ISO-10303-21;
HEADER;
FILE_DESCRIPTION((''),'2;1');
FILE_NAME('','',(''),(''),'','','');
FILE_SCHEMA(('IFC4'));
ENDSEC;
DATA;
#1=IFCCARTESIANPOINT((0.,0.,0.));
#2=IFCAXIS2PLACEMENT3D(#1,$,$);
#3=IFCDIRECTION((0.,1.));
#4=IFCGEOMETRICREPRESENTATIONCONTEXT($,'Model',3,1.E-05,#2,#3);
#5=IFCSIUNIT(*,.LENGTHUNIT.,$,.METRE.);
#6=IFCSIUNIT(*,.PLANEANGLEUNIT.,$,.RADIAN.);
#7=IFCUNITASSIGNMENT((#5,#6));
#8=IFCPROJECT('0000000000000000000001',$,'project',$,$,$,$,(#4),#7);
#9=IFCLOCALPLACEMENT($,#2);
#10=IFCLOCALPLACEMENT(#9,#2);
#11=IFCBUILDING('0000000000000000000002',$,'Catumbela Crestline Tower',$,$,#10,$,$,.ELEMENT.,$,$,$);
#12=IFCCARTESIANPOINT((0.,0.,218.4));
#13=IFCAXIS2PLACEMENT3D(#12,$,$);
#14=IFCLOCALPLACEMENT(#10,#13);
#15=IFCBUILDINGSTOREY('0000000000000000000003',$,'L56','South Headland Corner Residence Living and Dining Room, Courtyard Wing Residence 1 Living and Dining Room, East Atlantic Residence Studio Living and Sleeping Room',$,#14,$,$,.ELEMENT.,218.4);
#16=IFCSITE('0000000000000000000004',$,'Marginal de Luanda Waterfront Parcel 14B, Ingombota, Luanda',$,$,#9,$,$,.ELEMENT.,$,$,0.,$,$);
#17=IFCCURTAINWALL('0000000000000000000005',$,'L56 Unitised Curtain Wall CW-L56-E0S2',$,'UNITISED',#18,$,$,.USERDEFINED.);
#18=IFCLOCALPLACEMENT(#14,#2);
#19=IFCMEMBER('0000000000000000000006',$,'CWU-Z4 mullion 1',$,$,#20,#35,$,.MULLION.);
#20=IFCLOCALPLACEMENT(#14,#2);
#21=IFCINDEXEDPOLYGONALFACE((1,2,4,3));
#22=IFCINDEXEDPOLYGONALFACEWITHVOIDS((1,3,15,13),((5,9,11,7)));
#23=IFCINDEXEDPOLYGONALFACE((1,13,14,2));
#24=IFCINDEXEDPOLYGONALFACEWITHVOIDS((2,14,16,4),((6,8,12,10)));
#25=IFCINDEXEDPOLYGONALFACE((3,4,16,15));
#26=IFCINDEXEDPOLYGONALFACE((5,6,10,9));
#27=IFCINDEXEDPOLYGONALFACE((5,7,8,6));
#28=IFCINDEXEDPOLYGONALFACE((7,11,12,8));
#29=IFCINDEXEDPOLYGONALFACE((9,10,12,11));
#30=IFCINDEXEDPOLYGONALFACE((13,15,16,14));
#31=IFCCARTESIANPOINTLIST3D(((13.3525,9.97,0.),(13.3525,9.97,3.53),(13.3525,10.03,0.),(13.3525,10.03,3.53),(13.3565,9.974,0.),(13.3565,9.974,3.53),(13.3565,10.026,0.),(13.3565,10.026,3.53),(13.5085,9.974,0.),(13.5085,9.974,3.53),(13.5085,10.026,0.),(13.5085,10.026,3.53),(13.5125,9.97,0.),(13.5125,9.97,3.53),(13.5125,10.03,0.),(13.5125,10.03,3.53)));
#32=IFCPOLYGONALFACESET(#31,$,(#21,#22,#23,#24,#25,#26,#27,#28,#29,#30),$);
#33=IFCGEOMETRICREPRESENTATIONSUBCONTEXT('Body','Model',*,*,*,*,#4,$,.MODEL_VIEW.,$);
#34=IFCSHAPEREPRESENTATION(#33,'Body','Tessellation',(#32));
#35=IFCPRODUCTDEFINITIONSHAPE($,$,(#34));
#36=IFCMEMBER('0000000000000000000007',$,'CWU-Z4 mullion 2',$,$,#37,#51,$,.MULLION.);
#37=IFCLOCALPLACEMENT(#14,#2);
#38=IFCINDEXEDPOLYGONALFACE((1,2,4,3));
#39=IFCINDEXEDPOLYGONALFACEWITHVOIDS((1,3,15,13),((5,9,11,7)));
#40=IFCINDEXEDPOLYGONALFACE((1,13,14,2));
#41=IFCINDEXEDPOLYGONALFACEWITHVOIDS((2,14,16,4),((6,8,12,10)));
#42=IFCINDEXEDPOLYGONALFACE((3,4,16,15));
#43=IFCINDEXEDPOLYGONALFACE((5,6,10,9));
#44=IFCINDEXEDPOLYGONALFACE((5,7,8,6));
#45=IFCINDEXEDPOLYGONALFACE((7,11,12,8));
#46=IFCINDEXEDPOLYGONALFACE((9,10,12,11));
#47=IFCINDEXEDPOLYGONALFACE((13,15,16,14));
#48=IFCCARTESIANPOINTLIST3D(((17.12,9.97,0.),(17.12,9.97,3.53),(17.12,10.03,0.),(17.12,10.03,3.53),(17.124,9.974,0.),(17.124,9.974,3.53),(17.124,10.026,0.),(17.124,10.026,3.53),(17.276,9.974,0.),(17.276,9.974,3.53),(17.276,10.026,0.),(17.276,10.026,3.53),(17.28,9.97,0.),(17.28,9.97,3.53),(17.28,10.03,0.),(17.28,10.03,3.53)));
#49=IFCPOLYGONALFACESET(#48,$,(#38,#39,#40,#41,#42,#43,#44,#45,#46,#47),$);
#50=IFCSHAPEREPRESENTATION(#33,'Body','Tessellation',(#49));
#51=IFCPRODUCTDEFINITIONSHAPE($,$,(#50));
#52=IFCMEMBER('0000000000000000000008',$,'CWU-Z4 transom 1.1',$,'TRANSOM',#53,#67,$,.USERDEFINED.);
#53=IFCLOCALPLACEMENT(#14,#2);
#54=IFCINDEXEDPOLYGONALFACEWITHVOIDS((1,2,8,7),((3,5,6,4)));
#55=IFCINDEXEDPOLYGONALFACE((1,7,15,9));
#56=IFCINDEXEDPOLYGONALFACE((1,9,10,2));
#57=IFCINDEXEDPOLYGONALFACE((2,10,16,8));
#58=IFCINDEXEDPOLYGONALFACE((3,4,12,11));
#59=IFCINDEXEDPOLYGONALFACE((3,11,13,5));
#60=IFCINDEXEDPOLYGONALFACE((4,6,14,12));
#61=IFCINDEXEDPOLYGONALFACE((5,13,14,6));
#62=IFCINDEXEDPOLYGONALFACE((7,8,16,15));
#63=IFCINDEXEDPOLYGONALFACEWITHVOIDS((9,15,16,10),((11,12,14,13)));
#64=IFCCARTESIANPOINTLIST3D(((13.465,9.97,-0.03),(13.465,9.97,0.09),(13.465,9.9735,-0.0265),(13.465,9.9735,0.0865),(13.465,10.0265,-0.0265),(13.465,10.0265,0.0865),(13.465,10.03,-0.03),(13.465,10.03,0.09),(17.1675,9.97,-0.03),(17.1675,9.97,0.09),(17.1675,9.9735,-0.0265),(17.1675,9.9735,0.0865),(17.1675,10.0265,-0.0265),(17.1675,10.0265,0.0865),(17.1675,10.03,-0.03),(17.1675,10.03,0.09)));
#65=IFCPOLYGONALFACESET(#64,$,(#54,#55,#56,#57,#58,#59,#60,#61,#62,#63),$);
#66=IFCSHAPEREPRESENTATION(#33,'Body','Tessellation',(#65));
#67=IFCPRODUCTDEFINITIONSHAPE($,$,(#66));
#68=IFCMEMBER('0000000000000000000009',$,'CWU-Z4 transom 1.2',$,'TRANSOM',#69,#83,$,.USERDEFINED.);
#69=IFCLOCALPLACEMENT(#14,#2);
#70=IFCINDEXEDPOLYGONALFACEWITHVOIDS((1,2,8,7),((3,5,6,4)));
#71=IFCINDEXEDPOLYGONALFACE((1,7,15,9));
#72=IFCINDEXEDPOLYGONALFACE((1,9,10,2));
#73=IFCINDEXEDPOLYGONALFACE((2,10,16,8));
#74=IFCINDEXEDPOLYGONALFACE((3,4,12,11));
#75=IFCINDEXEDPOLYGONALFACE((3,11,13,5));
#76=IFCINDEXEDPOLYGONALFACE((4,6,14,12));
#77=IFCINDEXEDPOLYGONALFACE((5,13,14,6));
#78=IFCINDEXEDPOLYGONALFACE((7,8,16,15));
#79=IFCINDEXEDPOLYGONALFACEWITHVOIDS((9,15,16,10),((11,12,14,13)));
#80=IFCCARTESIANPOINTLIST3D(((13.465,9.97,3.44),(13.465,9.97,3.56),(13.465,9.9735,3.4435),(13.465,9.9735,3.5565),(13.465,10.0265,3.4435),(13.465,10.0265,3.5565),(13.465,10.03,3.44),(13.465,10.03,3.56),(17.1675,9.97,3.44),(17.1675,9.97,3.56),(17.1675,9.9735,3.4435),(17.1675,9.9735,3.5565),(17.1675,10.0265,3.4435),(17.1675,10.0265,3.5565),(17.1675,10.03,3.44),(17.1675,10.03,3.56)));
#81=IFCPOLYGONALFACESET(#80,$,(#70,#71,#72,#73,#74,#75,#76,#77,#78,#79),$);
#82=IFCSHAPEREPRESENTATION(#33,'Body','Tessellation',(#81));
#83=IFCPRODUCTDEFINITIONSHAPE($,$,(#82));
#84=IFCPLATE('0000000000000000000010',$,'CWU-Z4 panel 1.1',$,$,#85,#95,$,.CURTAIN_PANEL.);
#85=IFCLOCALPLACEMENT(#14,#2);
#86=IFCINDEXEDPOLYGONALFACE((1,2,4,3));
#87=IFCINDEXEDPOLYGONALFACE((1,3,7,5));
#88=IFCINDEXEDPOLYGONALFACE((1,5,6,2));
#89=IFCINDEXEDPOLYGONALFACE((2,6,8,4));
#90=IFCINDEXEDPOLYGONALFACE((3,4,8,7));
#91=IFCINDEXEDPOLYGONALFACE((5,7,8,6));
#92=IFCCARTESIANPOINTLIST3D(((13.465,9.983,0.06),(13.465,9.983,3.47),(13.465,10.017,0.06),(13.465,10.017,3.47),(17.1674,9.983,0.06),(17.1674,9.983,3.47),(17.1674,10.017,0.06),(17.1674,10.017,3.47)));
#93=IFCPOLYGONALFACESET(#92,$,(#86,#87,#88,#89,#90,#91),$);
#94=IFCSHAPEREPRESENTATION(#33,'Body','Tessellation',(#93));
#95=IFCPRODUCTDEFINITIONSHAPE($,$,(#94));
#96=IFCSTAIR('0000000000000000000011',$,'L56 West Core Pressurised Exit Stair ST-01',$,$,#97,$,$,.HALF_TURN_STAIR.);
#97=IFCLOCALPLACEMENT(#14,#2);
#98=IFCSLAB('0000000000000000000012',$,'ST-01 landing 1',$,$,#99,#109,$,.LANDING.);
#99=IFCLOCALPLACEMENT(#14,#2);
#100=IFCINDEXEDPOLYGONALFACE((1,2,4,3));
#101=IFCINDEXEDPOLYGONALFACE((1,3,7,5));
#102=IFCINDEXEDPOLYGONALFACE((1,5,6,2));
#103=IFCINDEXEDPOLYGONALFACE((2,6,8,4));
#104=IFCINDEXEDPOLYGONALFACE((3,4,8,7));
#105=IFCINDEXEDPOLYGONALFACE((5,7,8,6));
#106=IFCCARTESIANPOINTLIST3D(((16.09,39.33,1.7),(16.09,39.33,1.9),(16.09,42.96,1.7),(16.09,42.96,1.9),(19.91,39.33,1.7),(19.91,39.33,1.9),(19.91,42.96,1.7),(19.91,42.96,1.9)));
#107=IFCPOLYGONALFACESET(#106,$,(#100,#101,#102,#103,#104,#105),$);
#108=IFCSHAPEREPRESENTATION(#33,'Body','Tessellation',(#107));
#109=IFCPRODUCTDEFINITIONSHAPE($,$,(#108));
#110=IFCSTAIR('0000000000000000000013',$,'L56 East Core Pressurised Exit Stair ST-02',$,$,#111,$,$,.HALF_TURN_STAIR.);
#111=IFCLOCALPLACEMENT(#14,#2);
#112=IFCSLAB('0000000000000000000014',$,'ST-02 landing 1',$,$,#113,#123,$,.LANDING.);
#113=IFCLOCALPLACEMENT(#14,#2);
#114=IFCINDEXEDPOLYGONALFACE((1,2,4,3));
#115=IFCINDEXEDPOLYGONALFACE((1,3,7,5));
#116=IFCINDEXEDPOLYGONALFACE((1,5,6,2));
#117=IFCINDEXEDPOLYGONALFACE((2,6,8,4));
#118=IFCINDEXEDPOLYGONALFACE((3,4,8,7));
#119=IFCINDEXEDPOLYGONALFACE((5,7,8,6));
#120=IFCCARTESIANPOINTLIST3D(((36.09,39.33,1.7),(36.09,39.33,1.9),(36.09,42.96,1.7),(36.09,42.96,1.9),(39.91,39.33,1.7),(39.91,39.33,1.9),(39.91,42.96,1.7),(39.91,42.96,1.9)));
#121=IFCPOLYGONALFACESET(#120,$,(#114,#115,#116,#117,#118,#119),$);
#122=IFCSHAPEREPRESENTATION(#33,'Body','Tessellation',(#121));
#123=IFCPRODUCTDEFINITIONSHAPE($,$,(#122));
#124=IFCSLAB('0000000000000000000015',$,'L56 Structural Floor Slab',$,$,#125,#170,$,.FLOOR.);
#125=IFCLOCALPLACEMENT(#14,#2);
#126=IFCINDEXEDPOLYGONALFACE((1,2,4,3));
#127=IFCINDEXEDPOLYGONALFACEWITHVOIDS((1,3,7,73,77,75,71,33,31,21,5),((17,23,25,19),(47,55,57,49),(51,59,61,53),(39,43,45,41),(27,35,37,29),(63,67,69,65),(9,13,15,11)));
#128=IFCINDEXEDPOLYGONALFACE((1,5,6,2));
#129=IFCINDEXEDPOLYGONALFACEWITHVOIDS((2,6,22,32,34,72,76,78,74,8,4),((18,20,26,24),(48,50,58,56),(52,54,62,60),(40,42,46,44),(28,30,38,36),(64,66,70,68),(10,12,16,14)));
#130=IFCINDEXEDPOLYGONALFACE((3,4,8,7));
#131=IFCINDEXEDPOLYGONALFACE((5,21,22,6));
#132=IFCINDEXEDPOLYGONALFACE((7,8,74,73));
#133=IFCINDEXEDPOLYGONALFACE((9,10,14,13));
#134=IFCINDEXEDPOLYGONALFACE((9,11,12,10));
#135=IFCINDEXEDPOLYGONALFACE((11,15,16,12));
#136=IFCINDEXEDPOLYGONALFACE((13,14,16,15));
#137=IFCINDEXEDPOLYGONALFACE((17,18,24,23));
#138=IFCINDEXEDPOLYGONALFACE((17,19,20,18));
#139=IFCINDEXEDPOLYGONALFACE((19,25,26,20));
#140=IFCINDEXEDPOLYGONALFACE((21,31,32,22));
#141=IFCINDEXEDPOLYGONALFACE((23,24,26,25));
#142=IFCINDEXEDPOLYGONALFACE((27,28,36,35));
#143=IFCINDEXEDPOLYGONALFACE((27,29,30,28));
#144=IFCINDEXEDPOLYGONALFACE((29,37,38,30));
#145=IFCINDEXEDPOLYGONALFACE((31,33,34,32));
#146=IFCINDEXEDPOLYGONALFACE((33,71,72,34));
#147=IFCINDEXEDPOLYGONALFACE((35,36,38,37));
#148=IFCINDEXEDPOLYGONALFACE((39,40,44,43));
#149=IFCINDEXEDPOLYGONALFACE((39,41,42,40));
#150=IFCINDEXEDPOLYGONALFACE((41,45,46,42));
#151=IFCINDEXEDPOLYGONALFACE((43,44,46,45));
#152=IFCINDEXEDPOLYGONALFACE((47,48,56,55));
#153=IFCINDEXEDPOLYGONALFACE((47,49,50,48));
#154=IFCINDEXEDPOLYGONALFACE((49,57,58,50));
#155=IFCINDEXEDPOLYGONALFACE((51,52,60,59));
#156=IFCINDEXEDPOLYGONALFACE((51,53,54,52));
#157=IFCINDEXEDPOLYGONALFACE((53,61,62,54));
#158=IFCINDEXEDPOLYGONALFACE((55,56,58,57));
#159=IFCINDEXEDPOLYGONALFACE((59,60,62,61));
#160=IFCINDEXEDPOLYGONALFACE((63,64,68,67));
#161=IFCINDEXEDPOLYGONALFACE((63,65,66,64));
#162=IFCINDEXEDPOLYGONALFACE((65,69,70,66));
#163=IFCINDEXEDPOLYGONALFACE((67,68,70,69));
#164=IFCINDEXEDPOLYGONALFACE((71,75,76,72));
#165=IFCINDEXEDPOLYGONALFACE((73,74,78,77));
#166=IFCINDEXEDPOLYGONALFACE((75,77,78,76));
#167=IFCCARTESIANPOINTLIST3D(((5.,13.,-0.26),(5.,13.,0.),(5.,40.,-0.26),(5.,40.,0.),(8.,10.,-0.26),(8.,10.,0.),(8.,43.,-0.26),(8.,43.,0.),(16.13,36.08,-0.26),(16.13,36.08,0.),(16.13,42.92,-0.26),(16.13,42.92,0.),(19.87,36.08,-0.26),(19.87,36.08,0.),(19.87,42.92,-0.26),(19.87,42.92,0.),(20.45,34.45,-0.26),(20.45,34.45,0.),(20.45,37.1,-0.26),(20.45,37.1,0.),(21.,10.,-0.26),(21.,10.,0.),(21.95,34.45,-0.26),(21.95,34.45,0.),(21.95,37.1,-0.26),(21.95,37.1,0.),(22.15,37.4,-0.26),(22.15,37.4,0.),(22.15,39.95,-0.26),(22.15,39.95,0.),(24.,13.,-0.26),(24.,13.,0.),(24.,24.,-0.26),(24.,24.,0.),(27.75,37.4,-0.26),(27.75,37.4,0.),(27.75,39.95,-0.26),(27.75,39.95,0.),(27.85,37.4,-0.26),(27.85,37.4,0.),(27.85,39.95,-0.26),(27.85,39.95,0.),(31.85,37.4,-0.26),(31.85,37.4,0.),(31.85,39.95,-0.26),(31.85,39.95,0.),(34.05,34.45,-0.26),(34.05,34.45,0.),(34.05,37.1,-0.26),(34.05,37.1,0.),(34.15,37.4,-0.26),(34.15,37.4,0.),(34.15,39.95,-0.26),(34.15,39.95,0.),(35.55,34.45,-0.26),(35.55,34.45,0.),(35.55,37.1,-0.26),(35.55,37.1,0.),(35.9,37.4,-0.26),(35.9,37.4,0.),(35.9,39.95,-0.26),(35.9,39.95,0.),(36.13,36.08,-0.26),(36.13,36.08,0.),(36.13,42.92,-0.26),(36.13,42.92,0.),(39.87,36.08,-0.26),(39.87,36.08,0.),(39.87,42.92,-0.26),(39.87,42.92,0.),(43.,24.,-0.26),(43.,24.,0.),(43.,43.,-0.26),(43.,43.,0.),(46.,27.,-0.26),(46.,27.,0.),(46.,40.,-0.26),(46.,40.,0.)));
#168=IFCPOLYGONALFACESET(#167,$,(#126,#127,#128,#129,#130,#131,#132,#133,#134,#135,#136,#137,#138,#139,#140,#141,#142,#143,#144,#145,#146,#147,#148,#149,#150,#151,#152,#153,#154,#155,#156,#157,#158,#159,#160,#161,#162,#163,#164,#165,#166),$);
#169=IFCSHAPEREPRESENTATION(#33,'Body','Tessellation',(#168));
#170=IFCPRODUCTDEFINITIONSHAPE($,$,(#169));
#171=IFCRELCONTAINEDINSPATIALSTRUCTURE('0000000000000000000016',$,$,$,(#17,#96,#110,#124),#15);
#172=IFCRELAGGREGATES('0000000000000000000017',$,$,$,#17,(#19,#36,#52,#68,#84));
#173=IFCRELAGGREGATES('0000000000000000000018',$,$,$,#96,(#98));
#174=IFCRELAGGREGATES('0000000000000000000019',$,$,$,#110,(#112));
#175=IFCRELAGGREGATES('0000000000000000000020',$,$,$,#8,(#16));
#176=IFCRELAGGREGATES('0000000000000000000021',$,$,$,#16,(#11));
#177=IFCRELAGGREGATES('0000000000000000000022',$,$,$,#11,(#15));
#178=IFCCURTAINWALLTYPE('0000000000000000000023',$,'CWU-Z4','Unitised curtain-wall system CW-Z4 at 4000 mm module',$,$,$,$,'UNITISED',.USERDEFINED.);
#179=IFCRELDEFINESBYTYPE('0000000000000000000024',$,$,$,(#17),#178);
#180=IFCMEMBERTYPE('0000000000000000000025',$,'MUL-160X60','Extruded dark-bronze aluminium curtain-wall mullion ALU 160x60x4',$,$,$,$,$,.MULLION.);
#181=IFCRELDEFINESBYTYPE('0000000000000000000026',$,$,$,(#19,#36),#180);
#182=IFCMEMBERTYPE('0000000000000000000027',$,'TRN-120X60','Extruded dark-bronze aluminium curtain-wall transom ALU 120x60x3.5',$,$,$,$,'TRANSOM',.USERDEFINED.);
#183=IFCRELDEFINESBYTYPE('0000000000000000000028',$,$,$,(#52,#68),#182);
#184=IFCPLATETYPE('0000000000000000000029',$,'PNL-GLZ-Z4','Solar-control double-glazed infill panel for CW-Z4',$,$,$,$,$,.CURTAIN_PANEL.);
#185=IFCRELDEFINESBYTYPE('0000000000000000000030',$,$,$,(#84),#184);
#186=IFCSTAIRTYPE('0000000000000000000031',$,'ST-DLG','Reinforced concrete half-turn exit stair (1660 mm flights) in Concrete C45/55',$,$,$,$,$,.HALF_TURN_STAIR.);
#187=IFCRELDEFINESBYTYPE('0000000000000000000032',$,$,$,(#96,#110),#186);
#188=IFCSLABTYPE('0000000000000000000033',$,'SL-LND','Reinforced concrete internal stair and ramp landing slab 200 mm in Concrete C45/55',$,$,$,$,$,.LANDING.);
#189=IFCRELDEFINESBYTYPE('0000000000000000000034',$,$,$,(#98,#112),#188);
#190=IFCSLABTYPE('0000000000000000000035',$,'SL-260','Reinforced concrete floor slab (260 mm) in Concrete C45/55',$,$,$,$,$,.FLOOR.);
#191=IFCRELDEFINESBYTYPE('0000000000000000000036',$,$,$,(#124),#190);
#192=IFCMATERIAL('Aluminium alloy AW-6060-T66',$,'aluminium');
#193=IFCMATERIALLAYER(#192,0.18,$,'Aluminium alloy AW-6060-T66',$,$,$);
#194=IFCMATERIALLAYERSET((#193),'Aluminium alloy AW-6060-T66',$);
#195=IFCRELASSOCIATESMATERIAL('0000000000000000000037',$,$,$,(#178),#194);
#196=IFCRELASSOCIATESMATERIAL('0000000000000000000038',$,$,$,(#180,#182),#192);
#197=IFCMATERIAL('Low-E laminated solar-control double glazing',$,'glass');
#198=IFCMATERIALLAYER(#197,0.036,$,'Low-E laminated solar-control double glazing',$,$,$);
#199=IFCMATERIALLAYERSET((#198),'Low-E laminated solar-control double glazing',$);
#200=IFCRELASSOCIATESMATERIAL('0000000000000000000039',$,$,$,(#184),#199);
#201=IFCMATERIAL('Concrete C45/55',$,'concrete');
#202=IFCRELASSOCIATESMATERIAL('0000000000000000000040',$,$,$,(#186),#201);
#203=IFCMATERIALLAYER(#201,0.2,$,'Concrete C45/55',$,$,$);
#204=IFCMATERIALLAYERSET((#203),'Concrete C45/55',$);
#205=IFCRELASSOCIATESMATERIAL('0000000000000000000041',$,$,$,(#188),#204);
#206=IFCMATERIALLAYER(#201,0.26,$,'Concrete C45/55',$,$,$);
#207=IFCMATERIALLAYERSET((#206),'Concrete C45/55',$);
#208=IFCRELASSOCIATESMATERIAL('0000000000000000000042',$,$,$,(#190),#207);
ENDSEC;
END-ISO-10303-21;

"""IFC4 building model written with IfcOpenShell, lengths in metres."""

from ifc_helpers import new_model, si_unit, direction, frame, origin, origin_2d, place, context, subcontext, project, spatial, polyline, rectangle, hollow_rectangle, outline, extrude, material, layer, layer_set, material_profile, profile_set, type_object, element, aggregate, save


model = new_model("IFC4")

# Units and contexts
model_context = context("Model", 3, precision=1e-05, world=origin(), true_north=direction((0.0, 1.0)))
body_context = subcontext(model_context, "Body", "Model", "MODEL_VIEW")
ifc_project = project(units=[si_unit("LENGTHUNIT", "METRE"), si_unit("PLANEANGLEUNIT", "RADIAN")], contexts=[model_context])

# Site, building, storey
site_placement = place(None, origin())
site = spatial("IfcSite", under=ifc_project, at=site_placement, Name="Marginal de Luanda Waterfront Parcel 14B, Ingombota, Luanda", CompositionType="ELEMENT", RefElevation=0.0)
building_placement = place(site_placement, origin())
building = spatial("IfcBuilding", under=site, at=building_placement, Name="Catumbela Crestline Tower", CompositionType="ELEMENT")
storey_placement = place(building_placement, frame((0.0, 0.0, 218.4)))
storey = spatial("IfcBuildingStorey", under=building, at=storey_placement, Name="L56", Description="South Headland Corner Residence Living and Dining Room, Courtyard Wing Residence 1 Living and Dining Room, East Atlantic Residence Studio Living and Sleeping Room", CompositionType="ELEMENT", Elevation=218.4)

# Curtain wall, members, plate
ifc_material_1 = material(Name="Aluminium alloy AW-6060-T66", Category="aluminium")
ifc_layer_1 = layer(ifc_material_1, 0.18, Name="Aluminium alloy AW-6060-T66")
ifc_layer_set_1 = layer_set([ifc_layer_1], Name="Aluminium alloy AW-6060-T66")
curtain_wall_type = type_object("IfcCurtainWallType", Name="CWU-Z4", Description="Unitised curtain-wall system CW-Z4 at 4000 mm module", ElementType="UNITISED", PredefinedType="USERDEFINED", material=ifc_layer_set_1)
curtain_wall_placement = place(storey_placement, origin())
curtain_wall = element("IfcCurtainWall", 1, at=curtain_wall_placement, inside=storey, type_object=curtain_wall_type, Name="L56 Unitised Curtain Wall CW-L56-E0S2", ObjectType="UNITISED", PredefinedType="USERDEFINED")
ifc_material_profile_1 = material_profile(ifc_material_1, hollow_rectangle(XDim=0.06, YDim=0.16, WallThickness=0.004, at=origin_2d()), Name="ALU 160x60x4")
ifc_profile_set_1 = profile_set([ifc_material_profile_1], Name="Aluminium alloy AW-6060-T66")
member_type_1 = type_object("IfcMemberType", Name="MUL-160X60", Description="Extruded dark-bronze aluminium curtain-wall mullion ALU 160x60x4", PredefinedType="MULLION", material=ifc_profile_set_1)
member_1_placement = place(storey_placement, frame((13.4325, 10.0, 0.0), z_axis=(0.0, 0.0, 1.0), x_axis=(0.0, 1.0, 0.0)))
member_1 = element("IfcMember", 2, at=member_1_placement, type_object=member_type_1, Name="CWU-Z4 mullion 1", PredefinedType="MULLION", context=body_context, shape_type="SweptSolid", body=[
    extrude(hollow_rectangle(XDim=0.06, YDim=0.16, WallThickness=0.004, at=origin_2d()), origin(), (0.0, 0.0, 1.0), 3.53),
])
member_2_placement = place(storey_placement, frame((17.2, 10.0, 0.0), z_axis=(0.0, 0.0, 1.0), x_axis=(0.0, 1.0, 0.0)))
member_2 = element("IfcMember", 3, at=member_2_placement, type_object=member_type_1, Name="CWU-Z4 mullion 2", PredefinedType="MULLION", context=body_context, shape_type="SweptSolid", body=[
    extrude(hollow_rectangle(XDim=0.06, YDim=0.16, WallThickness=0.004, at=origin_2d()), origin(), (0.0, 0.0, 1.0), 3.53),
])
ifc_material_profile_2 = material_profile(ifc_material_1, hollow_rectangle(XDim=0.06, YDim=0.12, WallThickness=0.0035, at=origin_2d()), Name="ALU 120x60x3.5")
ifc_profile_set_2 = profile_set([ifc_material_profile_2], Name="Aluminium alloy AW-6060-T66")
member_type_2 = type_object("IfcMemberType", Name="TRN-120X60", Description="Extruded dark-bronze aluminium curtain-wall transom ALU 120x60x3.5", ElementType="TRANSOM", PredefinedType="USERDEFINED", material=ifc_profile_set_2)
member_3_placement = place(storey_placement, frame((13.465, 10.0, 0.03), z_axis=(1.0, 0.0, 0.0), x_axis=(0.0, 1.0, 0.0)))
member_3 = element("IfcMember", 4, at=member_3_placement, type_object=member_type_2, Name="CWU-Z4 transom 1.1", ObjectType="TRANSOM", PredefinedType="USERDEFINED", context=body_context, shape_type="SweptSolid", body=[
    extrude(hollow_rectangle(XDim=0.06, YDim=0.12, WallThickness=0.0035, at=origin_2d()), origin(), (0.0, 0.0, 1.0), 3.7025),
])
member_4_placement = place(storey_placement, frame((13.465, 10.0, 3.5), z_axis=(1.0, 0.0, 0.0), x_axis=(0.0, 1.0, 0.0)))
member_4 = element("IfcMember", 5, at=member_4_placement, type_object=member_type_2, Name="CWU-Z4 transom 1.2", ObjectType="TRANSOM", PredefinedType="USERDEFINED", context=body_context, shape_type="SweptSolid", body=[
    extrude(hollow_rectangle(XDim=0.06, YDim=0.12, WallThickness=0.0035, at=origin_2d()), origin(), (0.0, 0.0, 1.0), 3.7025),
])
ifc_material_2 = material(Name="Low-E laminated solar-control double glazing", Category="glass")
ifc_layer_2 = layer(ifc_material_2, 0.036, Name="Low-E laminated solar-control double glazing")
ifc_layer_set_2 = layer_set([ifc_layer_2], Name="Low-E laminated solar-control double glazing")
plate_type = type_object("IfcPlateType", Name="PNL-GLZ-Z4", Description="Solar-control double-glazed infill panel for CW-Z4", PredefinedType="CURTAIN_PANEL", material=ifc_layer_set_2)
plate_placement = place(storey_placement, frame((15.3162, 10.0, 0.06), z_axis=(0.0, 0.0, 1.0), x_axis=(1.0, 0.0, 0.0)))
plate = element("IfcPlate", 6, at=plate_placement, type_object=plate_type, Name="CWU-Z4 panel 1.1", PredefinedType="CURTAIN_PANEL", context=body_context, shape_type="SweptSolid", body=[
    extrude(rectangle(XDim=3.7025, YDim=0.034, at=origin_2d()), origin(), (0.0, 0.0, 1.0), 3.41),
])
aggregate(curtain_wall, [member_1, member_2, member_3, member_4, plate])

# Stairs, slabs
ifc_material_3 = material(Name="Concrete C45/55", Category="concrete")
stair_type = type_object("IfcStairType", Name="ST-DLG", Description="Reinforced concrete half-turn exit stair (1660 mm flights) in Concrete C45/55", PredefinedType="HALF_TURN_STAIR", material=ifc_material_3)
stair_1_placement = place(storey_placement, origin())
stair_1 = element("IfcStair", 7, at=stair_1_placement, inside=storey, type_object=stair_type, Name="L56 West Core Pressurised Exit Stair ST-01", PredefinedType="HALF_TURN_STAIR")
ifc_layer_3 = layer(ifc_material_3, 0.2, Name="Concrete C45/55")
ifc_layer_set_3 = layer_set([ifc_layer_3], Name="Concrete C45/55")
slab_type_1 = type_object("IfcSlabType", Name="SL-LND", Description="Reinforced concrete internal stair and ramp landing slab 200 mm in Concrete C45/55", PredefinedType="LANDING", material=ifc_layer_set_3)
slab_1_placement = place(storey_placement, frame((0.0, 0.0, 1.7)))
slab_1 = element("IfcSlab", 8, at=slab_1_placement, type_object=slab_type_1, Name="ST-01 landing 1", PredefinedType="LANDING", context=body_context, shape_type="SweptSolid", body=[
    extrude(outline(polyline([(19.91, 39.33), (19.91, 42.96), (16.09, 42.96), (16.09, 39.33), (19.91, 39.33)])), origin(), (0.0, 0.0, 1.0), 0.2),
])
aggregate(stair_1, [slab_1])
stair_2_placement = place(storey_placement, origin())
stair_2 = element("IfcStair", 9, at=stair_2_placement, inside=storey, type_object=stair_type, Name="L56 East Core Pressurised Exit Stair ST-02", PredefinedType="HALF_TURN_STAIR")
slab_2_placement = place(storey_placement, frame((0.0, 0.0, 1.7)))
slab_2 = element("IfcSlab", 10, at=slab_2_placement, type_object=slab_type_1, Name="ST-02 landing 1", PredefinedType="LANDING", context=body_context, shape_type="SweptSolid", body=[
    extrude(outline(polyline([(39.91, 39.33), (39.91, 42.96), (36.09, 42.96), (36.09, 39.33), (39.91, 39.33)])), origin(), (0.0, 0.0, 1.0), 0.2),
])
aggregate(stair_2, [slab_2])

# Slab
ifc_layer_4 = layer(ifc_material_3, 0.26, Name="Concrete C45/55")
ifc_layer_set_4 = layer_set([ifc_layer_4], Name="Concrete C45/55")
slab_type_2 = type_object("IfcSlabType", Name="SL-260", Description="Reinforced concrete floor slab (260 mm) in Concrete C45/55", PredefinedType="FLOOR", material=ifc_layer_set_4)
slab_3_placement = place(storey_placement, frame((0.0, 0.0, -0.26)))
element("IfcSlab", 11, at=slab_3_placement, inside=storey, type_object=slab_type_2, Name="L56 Structural Floor Slab", PredefinedType="FLOOR", context=body_context, shape_type="SweptSolid", body=[
    extrude(outline(polyline([(8.0, 10.0), (21.0, 10.0), (24.0, 13.0), (24.0, 24.0), (43.0, 24.0), (46.0, 27.0), (46.0, 40.0), (43.0, 43.0), (8.0, 43.0), (5.0, 40.0), (5.0, 13.0), (8.0, 10.0)]), holes=[polyline([(16.13, 36.08), (19.87, 36.08), (19.87, 42.92), (16.13, 42.92), (16.13, 36.08)]), polyline([(36.13, 36.08), (39.87, 36.08), (39.87, 42.92), (36.13, 42.92), (36.13, 36.08)]), polyline([(22.15, 37.4), (27.75, 37.4), (27.75, 39.95), (22.15, 39.95), (22.15, 37.4)]), polyline([(27.85, 37.4), (31.85, 37.4), (31.85, 39.95), (27.85, 39.95), (27.85, 37.4)]), polyline([(20.45, 34.45), (21.95, 34.45), (21.95, 37.1), (20.45, 37.1), (20.45, 34.45)]), polyline([(34.05, 34.45), (35.55, 34.45), (35.55, 37.1), (34.05, 37.1), (34.05, 34.45)]), polyline([(34.15, 37.4), (35.9, 37.4), (35.9, 39.95), (34.15, 39.95), (34.15, 37.4)])]), origin(), (0.0, 0.0, 1.0), 0.26),
])

save(model, "model.ifc")
